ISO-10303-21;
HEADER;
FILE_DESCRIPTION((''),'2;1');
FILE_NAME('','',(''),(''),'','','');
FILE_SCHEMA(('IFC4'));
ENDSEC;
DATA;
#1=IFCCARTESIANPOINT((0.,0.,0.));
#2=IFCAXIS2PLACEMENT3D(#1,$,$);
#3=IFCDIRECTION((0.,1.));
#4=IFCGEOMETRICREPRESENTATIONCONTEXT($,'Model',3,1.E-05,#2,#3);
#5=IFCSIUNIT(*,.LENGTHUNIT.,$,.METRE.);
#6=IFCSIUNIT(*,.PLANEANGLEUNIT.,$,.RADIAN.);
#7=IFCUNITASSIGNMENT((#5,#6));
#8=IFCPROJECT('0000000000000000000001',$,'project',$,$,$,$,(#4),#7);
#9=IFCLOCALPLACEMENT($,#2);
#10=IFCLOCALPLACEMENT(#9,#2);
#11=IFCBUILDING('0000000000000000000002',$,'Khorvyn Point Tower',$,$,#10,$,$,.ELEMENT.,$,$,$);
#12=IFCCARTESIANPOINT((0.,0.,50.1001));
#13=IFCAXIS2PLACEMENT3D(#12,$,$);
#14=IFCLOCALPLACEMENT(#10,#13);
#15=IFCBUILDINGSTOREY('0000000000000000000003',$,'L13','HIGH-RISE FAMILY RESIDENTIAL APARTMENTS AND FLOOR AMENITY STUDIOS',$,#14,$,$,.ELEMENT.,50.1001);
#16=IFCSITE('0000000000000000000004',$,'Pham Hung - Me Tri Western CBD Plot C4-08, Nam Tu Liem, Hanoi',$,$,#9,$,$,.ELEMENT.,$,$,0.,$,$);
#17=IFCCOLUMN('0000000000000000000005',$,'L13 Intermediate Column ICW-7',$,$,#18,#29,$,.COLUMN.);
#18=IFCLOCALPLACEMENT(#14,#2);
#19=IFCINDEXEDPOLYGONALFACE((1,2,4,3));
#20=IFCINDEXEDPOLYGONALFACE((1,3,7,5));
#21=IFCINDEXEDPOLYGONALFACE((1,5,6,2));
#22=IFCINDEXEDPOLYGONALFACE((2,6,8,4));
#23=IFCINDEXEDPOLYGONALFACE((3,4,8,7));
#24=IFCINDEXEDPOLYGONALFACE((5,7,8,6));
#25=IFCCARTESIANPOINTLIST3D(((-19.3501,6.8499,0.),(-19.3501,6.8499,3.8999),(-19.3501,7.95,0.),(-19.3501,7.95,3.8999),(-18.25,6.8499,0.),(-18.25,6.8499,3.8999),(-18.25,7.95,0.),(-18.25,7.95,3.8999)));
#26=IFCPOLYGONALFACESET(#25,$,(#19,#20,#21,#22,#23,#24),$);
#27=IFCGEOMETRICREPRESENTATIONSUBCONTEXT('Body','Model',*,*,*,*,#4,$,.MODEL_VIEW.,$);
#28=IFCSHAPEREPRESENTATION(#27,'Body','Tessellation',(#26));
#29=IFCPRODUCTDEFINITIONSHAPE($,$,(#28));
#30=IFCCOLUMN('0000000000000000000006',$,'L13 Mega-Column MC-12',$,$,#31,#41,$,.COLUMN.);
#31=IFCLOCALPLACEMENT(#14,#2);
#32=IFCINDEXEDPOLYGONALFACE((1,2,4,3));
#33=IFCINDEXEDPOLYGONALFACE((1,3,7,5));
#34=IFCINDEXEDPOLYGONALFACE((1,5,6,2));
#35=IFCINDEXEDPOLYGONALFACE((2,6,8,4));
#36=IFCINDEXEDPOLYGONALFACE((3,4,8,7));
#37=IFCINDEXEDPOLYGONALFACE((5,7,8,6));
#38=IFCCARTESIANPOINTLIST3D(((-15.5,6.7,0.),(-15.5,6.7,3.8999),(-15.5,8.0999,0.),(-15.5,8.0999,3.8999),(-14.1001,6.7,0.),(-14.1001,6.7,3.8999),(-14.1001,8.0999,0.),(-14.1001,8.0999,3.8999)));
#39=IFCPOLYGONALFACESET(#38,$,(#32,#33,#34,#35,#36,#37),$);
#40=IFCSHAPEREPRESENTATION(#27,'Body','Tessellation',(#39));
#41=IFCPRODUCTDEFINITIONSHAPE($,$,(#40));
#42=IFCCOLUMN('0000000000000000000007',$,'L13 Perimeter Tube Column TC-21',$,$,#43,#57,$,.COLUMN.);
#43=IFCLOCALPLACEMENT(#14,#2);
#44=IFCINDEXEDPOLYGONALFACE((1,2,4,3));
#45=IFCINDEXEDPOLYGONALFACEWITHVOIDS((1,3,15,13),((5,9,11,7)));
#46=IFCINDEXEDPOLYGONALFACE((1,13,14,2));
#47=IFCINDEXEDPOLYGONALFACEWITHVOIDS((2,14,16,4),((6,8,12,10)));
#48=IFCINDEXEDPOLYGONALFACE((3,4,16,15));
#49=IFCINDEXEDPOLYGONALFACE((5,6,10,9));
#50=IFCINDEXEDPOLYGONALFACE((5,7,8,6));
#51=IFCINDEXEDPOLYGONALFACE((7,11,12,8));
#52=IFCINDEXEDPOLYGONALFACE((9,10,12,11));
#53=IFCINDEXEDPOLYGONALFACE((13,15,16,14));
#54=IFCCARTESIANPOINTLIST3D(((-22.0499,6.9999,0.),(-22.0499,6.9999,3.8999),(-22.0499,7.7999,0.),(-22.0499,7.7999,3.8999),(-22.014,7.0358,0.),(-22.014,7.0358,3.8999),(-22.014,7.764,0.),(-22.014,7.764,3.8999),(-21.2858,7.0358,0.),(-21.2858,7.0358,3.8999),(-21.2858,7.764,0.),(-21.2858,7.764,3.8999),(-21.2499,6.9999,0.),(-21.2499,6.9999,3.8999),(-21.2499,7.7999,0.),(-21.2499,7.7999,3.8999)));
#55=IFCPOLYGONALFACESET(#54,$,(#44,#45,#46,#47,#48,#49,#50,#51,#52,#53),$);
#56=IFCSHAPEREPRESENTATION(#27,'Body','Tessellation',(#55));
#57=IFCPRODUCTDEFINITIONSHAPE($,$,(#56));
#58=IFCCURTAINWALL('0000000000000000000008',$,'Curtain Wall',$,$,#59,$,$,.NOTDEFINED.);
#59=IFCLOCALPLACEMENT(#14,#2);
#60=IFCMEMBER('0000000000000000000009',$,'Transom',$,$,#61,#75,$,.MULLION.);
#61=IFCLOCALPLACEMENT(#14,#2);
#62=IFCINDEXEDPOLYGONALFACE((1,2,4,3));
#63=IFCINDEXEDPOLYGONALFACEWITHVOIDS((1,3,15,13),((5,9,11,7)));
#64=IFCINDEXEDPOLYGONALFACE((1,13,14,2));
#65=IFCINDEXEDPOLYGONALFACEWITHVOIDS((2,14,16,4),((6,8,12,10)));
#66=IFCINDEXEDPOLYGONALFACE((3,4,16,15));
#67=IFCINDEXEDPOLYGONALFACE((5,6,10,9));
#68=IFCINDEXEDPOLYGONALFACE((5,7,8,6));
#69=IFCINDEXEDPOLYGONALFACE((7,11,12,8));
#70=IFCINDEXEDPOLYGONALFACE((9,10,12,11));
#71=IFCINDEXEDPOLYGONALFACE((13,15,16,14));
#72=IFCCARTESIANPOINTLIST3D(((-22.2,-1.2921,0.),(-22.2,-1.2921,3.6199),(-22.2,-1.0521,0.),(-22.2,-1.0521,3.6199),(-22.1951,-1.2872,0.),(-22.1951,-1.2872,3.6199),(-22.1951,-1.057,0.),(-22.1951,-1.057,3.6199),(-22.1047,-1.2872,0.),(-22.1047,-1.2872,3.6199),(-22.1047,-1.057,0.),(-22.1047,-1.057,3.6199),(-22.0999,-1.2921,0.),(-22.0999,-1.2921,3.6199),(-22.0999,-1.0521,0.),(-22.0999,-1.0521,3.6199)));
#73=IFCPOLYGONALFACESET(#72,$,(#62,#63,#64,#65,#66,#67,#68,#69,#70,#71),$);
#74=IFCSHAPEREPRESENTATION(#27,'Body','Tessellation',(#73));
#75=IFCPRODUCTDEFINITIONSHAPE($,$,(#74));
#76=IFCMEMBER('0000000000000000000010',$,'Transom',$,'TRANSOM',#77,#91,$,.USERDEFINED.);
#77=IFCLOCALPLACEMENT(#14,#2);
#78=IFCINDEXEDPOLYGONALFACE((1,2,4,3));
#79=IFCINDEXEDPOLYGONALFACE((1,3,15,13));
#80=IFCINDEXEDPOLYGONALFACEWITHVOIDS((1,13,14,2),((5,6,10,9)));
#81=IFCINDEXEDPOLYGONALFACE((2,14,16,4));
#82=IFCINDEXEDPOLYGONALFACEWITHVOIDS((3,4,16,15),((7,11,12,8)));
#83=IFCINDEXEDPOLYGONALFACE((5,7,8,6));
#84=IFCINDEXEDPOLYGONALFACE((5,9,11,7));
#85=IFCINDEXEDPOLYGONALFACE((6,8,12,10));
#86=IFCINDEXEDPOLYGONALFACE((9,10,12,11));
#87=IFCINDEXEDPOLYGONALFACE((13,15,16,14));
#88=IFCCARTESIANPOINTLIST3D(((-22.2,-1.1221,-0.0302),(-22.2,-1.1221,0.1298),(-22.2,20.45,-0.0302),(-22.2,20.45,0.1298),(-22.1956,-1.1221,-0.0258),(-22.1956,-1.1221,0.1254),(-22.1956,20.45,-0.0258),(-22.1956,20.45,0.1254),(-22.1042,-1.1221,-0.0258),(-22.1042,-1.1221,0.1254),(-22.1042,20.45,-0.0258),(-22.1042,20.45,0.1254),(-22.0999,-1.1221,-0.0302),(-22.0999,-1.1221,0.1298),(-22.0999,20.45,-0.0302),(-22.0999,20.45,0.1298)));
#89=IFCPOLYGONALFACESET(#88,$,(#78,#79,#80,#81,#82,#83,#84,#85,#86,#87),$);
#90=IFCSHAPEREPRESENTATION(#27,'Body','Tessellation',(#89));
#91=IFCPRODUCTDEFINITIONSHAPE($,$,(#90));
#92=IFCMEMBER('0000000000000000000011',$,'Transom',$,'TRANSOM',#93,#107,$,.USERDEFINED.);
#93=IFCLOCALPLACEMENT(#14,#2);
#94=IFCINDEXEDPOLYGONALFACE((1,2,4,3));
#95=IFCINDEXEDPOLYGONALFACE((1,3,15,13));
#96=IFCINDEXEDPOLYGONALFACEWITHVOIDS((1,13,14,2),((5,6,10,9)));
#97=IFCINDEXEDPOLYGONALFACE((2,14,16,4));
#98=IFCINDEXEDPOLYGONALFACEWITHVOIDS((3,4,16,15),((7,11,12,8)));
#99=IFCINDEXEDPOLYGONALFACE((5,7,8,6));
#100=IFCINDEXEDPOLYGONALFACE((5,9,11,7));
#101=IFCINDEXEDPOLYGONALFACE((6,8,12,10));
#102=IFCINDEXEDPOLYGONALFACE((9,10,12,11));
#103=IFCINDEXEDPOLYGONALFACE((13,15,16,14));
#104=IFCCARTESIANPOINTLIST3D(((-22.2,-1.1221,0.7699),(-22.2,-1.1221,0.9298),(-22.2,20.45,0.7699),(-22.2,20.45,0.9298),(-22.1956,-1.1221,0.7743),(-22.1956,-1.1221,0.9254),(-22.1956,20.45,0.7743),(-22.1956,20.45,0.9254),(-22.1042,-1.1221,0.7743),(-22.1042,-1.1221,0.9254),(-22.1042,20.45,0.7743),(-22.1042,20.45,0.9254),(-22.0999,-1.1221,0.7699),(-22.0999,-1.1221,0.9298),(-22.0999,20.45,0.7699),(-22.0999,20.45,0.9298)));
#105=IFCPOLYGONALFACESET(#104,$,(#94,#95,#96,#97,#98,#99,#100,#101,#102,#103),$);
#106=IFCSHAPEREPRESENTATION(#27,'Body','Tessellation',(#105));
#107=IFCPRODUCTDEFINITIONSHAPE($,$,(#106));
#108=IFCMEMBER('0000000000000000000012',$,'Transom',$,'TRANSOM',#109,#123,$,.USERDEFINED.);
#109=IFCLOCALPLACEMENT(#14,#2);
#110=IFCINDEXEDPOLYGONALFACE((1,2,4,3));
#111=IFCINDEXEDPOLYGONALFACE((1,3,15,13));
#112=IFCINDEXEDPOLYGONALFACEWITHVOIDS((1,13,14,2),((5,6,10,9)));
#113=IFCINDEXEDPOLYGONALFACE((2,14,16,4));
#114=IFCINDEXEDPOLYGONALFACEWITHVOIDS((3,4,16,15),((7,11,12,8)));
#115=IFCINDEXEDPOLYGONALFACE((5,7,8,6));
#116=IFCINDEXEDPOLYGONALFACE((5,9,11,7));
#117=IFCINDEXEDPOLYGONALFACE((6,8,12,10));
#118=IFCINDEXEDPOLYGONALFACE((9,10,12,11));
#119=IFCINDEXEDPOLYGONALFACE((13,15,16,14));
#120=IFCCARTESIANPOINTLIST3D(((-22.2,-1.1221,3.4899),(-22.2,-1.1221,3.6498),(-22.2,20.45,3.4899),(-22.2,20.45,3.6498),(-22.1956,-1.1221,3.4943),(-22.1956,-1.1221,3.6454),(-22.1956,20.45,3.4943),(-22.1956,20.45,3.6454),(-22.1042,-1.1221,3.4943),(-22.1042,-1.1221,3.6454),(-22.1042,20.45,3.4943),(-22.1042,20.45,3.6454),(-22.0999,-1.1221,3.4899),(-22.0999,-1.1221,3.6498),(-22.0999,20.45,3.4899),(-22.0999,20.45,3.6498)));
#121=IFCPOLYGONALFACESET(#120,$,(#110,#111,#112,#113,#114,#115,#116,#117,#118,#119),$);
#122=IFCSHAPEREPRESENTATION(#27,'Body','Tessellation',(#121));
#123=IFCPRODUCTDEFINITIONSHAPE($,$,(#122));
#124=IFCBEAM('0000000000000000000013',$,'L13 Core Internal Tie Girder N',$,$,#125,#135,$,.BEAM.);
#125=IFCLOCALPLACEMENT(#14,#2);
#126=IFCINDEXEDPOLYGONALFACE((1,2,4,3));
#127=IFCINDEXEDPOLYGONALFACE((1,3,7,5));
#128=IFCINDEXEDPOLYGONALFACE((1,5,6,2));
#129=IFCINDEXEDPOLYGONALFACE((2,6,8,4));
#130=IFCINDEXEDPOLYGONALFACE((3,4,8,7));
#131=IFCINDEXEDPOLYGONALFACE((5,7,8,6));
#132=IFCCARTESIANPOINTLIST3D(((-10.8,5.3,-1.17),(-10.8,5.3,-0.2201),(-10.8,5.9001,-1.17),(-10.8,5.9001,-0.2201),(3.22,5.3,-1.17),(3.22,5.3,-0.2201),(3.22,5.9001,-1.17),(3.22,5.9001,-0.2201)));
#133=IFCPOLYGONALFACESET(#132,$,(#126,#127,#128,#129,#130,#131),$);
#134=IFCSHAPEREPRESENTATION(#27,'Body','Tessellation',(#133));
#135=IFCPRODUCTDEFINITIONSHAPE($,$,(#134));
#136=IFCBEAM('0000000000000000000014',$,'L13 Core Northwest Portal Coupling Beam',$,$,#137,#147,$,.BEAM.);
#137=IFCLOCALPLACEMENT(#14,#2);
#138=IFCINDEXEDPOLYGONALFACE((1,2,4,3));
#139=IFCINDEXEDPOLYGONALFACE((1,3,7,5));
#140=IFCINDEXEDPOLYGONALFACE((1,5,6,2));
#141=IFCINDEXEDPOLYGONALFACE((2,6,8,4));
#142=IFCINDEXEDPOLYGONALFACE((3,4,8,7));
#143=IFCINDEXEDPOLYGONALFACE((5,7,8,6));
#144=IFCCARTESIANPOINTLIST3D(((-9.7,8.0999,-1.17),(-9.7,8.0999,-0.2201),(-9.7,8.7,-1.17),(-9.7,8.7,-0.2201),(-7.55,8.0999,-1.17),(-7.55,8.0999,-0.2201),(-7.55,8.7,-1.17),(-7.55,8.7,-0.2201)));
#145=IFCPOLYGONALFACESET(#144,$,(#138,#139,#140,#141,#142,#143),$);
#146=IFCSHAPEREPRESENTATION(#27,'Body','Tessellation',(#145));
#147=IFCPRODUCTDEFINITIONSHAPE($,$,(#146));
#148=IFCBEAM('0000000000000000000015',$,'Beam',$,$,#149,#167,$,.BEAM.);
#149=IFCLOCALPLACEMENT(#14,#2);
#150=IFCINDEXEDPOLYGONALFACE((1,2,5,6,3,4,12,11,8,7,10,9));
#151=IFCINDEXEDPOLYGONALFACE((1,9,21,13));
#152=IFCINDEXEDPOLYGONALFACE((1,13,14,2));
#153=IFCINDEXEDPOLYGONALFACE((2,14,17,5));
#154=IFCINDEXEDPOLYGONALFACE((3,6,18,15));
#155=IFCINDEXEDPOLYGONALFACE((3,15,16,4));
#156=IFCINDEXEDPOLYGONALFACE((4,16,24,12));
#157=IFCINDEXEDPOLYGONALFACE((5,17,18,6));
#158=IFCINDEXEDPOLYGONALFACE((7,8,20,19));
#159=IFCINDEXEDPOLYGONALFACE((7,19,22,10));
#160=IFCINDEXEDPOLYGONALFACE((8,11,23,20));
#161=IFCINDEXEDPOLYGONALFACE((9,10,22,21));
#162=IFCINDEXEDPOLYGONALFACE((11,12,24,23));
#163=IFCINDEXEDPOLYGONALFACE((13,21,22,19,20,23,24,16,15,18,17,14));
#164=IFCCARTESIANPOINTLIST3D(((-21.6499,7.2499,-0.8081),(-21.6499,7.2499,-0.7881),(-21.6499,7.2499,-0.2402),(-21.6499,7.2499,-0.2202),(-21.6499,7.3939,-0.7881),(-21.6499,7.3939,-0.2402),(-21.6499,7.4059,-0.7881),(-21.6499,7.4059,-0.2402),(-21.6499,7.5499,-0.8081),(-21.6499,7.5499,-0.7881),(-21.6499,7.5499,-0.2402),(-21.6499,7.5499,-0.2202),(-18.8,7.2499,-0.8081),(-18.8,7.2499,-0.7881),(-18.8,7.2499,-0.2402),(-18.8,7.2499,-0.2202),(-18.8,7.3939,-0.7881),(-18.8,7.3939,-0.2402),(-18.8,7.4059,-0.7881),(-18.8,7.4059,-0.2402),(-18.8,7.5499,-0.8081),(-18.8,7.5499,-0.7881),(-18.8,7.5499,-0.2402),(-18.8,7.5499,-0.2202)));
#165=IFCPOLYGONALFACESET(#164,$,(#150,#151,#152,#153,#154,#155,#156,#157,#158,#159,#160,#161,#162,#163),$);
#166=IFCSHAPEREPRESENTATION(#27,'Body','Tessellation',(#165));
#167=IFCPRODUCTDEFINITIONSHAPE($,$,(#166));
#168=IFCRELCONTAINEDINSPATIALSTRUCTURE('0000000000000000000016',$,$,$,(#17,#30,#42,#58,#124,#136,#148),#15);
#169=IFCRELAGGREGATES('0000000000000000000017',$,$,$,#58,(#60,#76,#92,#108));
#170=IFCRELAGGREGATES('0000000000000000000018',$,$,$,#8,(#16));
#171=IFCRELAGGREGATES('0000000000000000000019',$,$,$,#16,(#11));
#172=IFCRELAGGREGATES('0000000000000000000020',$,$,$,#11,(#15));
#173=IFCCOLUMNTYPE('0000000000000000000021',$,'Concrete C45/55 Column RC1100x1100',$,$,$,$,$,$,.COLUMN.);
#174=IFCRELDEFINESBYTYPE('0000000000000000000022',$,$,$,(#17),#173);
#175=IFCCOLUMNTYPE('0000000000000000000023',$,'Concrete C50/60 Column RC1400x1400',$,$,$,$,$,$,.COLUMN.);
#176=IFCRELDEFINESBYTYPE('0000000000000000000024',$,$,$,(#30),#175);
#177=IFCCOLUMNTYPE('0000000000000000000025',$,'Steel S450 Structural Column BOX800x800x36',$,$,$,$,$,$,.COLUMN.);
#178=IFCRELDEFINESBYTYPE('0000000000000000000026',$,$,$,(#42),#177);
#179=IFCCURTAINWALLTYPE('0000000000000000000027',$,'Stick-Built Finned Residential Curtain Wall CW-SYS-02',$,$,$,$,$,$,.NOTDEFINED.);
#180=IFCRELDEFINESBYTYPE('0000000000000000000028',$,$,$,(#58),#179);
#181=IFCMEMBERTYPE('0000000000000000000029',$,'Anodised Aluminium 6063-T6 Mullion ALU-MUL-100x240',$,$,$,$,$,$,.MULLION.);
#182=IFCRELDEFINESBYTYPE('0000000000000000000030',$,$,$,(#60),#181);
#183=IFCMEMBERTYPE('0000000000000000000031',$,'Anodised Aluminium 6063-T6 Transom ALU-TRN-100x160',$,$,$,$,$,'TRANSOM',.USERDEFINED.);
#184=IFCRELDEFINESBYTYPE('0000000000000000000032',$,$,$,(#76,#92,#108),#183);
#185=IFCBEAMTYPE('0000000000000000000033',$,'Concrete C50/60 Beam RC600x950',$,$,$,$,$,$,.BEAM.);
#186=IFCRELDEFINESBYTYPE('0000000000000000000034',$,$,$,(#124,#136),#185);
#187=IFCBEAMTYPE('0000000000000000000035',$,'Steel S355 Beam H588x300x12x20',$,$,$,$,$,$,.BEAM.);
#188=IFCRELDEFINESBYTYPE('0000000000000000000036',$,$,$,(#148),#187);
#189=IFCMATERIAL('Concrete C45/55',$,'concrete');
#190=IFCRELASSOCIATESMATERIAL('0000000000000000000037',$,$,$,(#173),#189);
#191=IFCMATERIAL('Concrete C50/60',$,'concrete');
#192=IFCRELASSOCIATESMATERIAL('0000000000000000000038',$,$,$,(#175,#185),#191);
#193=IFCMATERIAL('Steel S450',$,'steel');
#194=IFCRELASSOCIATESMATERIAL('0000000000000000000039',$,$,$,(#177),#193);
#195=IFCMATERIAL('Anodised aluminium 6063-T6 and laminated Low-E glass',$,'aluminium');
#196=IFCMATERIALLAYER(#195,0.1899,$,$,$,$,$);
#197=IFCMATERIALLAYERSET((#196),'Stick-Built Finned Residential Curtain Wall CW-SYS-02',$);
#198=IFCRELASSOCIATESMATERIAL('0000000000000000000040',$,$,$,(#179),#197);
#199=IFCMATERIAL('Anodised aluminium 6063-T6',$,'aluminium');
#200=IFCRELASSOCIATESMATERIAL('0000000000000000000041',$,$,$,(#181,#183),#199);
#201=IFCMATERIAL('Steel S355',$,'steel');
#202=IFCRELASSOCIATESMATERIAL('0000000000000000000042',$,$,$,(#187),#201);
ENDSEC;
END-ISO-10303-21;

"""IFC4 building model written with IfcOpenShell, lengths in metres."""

from ifc_helpers import new_model, si_unit, direction, frame, origin, origin_2d, place, context, subcontext, project, spatial, rectangle, hollow_rectangle, i_section, extrude, material, layer, layer_set, material_profile, profile_set, type_object, element, aggregate, save


model = new_model("IFC4")

# Units and contexts
model_context = context("Model", 3, precision=1e-05, world=origin(), true_north=direction((0.0, 1.0)))
body_context = subcontext(model_context, "Body", "Model", "MODEL_VIEW")
ifc_project = project(units=[si_unit("LENGTHUNIT", "METRE"), si_unit("PLANEANGLEUNIT", "RADIAN")], contexts=[model_context])

# Site, building, storey
site_placement = place(None, origin())
site = spatial("IfcSite", under=ifc_project, at=site_placement, Name="Pham Hung - Me Tri Western CBD Plot C4-08, Nam Tu Liem, Hanoi", CompositionType="ELEMENT", RefElevation=0.0)
building_placement = place(site_placement, origin())
building = spatial("IfcBuilding", under=site, at=building_placement, Name="Khorvyn Point Tower", CompositionType="ELEMENT")
storey_placement = place(building_placement, frame((0.0, 0.0, 50.1001)))
storey = spatial("IfcBuildingStorey", under=building, at=storey_placement, Name="L13", Description="HIGH-RISE FAMILY RESIDENTIAL APARTMENTS AND FLOOR AMENITY STUDIOS", CompositionType="ELEMENT", Elevation=50.1001)

# Columns
ifc_material_1 = material(Name="Concrete C45/55", Category="concrete")
ifc_material_profile_1 = material_profile(ifc_material_1, rectangle(XDim=1.1001, YDim=1.1001, at=origin_2d()))
ifc_profile_set_1 = profile_set([ifc_material_profile_1], Name="Concrete C45/55 RC1100x1100")
column_type_1 = type_object("IfcColumnType", Name="Concrete C45/55 Column RC1100x1100", PredefinedType="COLUMN", material=ifc_profile_set_1)
column_1_placement = place(storey_placement, frame((-18.8, 7.3999, 0.0), z_axis=(0.0, 0.0, 1.0), x_axis=(1.0, 0.0, 0.0)))
element("IfcColumn", 1, at=column_1_placement, inside=storey, type_object=column_type_1, Name="L13 Intermediate Column ICW-7", PredefinedType="COLUMN", context=body_context, shape_type="SweptSolid", body=[
    extrude(rectangle(XDim=1.1001, YDim=1.1001, at=origin_2d()), origin(), (0.0, 0.0, 1.0), 3.8999),
])
ifc_material_2 = material(Name="Concrete C50/60", Category="concrete")
ifc_material_profile_2 = material_profile(ifc_material_2, rectangle(XDim=1.3999, YDim=1.3999, at=origin_2d()))
ifc_profile_set_2 = profile_set([ifc_material_profile_2], Name="Concrete C50/60 RC1400x1400")
column_type_2 = type_object("IfcColumnType", Name="Concrete C50/60 Column RC1400x1400", PredefinedType="COLUMN", material=ifc_profile_set_2)
column_2_placement = place(storey_placement, frame((-14.8, 7.3999, 0.0), z_axis=(0.0, 0.0, 1.0), x_axis=(1.0, 0.0, 0.0)))
element("IfcColumn", 2, at=column_2_placement, inside=storey, type_object=column_type_2, Name="L13 Mega-Column MC-12", PredefinedType="COLUMN", context=body_context, shape_type="SweptSolid", body=[
    extrude(rectangle(XDim=1.3999, YDim=1.3999, at=origin_2d()), origin(), (0.0, 0.0, 1.0), 3.8999),
])
ifc_material_3 = material(Name="Steel S450", Category="steel")
ifc_material_profile_3 = material_profile(ifc_material_3, hollow_rectangle(XDim=0.8, YDim=0.8, WallThickness=0.0359, at=origin_2d()))
ifc_profile_set_3 = profile_set([ifc_material_profile_3], Name="Steel S450 BOX800x800x36")
column_type_3 = type_object("IfcColumnType", Name="Steel S450 Structural Column BOX800x800x36", PredefinedType="COLUMN", material=ifc_profile_set_3)
column_3_placement = place(storey_placement, frame((-21.6499, 7.3999, 0.0), z_axis=(0.0, 0.0, 1.0), x_axis=(1.0, 0.0, 0.0)))
element("IfcColumn", 3, at=column_3_placement, inside=storey, type_object=column_type_3, Name="L13 Perimeter Tube Column TC-21", PredefinedType="COLUMN", context=body_context, shape_type="SweptSolid", body=[
    extrude(hollow_rectangle(XDim=0.8, YDim=0.8, WallThickness=0.0359, at=origin_2d()), origin(), (0.0, 0.0, 1.0), 3.8999),
])

# Curtain wall, members
ifc_material_4 = material(Name="Anodised aluminium 6063-T6 and laminated Low-E glass", Category="aluminium")
ifc_layer_1 = layer(ifc_material_4, 0.1899)
ifc_layer_set_1 = layer_set([ifc_layer_1], Name="Stick-Built Finned Residential Curtain Wall CW-SYS-02")
curtain_wall_type = type_object("IfcCurtainWallType", Name="Stick-Built Finned Residential Curtain Wall CW-SYS-02", PredefinedType="NOTDEFINED", material=ifc_layer_set_1)
curtain_wall_placement = place(storey_placement, origin())
curtain_wall = element("IfcCurtainWall", 4, at=curtain_wall_placement, inside=storey, type_object=curtain_wall_type, Name="Curtain Wall", PredefinedType="NOTDEFINED")
ifc_material_5 = material(Name="Anodised aluminium 6063-T6", Category="aluminium")
ifc_material_profile_4 = material_profile(ifc_material_5, hollow_rectangle(XDim=0.1001, YDim=0.24, WallThickness=0.0049, at=origin_2d()))
ifc_profile_set_4 = profile_set([ifc_material_profile_4], Name="Anodised aluminium 6063-T6 ALU-MUL-100x240")
member_type_1 = type_object("IfcMemberType", Name="Anodised Aluminium 6063-T6 Mullion ALU-MUL-100x240", PredefinedType="MULLION", material=ifc_profile_set_4)
member_1_placement = place(storey_placement, frame((-22.1499, -1.1721, 0.0), z_axis=(0.0, 0.0, 1.0), x_axis=(-1.0, 0.0, 0.0)))
member_1 = element("IfcMember", 5, at=member_1_placement, type_object=member_type_1, Name="Transom", PredefinedType="MULLION", context=body_context, shape_type="SweptSolid", body=[
    extrude(hollow_rectangle(XDim=0.1001, YDim=0.24, WallThickness=0.0049, at=origin_2d()), origin(), (0.0, 0.0, 1.0), 3.6199),
])
ifc_material_profile_5 = material_profile(ifc_material_5, hollow_rectangle(XDim=0.1001, YDim=0.1599, WallThickness=0.0044, at=origin_2d()))
ifc_profile_set_5 = profile_set([ifc_material_profile_5], Name="Anodised aluminium 6063-T6 ALU-TRN-100x160")
member_type_2 = type_object("IfcMemberType", Name="Anodised Aluminium 6063-T6 Transom ALU-TRN-100x160", ElementType="TRANSOM", PredefinedType="USERDEFINED", material=ifc_profile_set_5)
member_2_placement = place(storey_placement, frame((-22.1499, -1.1221, 0.0498), z_axis=(0.0, 1.0, 0.0), x_axis=(-1.0, 0.0, 0.0)))
member_2 = element("IfcMember", 6, at=member_2_placement, type_object=member_type_2, Name="Transom", ObjectType="TRANSOM", PredefinedType="USERDEFINED", context=body_context, shape_type="SweptSolid", body=[
    extrude(hollow_rectangle(XDim=0.1001, YDim=0.1599, WallThickness=0.0044, at=origin_2d()), origin(), (0.0, 0.0, 1.0), 21.572),
])
member_3_placement = place(storey_placement, frame((-22.1499, -1.1221, 0.8499), z_axis=(0.0, 1.0, 0.0), x_axis=(-1.0, 0.0, 0.0)))
member_3 = element("IfcMember", 7, at=member_3_placement, type_object=member_type_2, Name="Transom", ObjectType="TRANSOM", PredefinedType="USERDEFINED", context=body_context, shape_type="SweptSolid", body=[
    extrude(hollow_rectangle(XDim=0.1001, YDim=0.1599, WallThickness=0.0044, at=origin_2d()), origin(), (0.0, 0.0, 1.0), 21.572),
])
member_4_placement = place(storey_placement, frame((-22.1499, -1.1221, 3.5698), z_axis=(0.0, 1.0, 0.0), x_axis=(-1.0, 0.0, 0.0)))
member_4 = element("IfcMember", 8, at=member_4_placement, type_object=member_type_2, Name="Transom", ObjectType="TRANSOM", PredefinedType="USERDEFINED", context=body_context, shape_type="SweptSolid", body=[
    extrude(hollow_rectangle(XDim=0.1001, YDim=0.1599, WallThickness=0.0044, at=origin_2d()), origin(), (0.0, 0.0, 1.0), 21.572),
])

# Beams
ifc_material_profile_6 = material_profile(ifc_material_2, rectangle(XDim=0.6001, YDim=0.95, at=origin_2d()))
ifc_profile_set_6 = profile_set([ifc_material_profile_6], Name="Concrete C50/60 RC600x950")
beam_type_1 = type_object("IfcBeamType", Name="Concrete C50/60 Beam RC600x950", PredefinedType="BEAM", material=ifc_profile_set_6)
beam_1_placement = place(storey_placement, frame((-10.8, 5.6001, -0.6951), z_axis=(1.0, 0.0, 0.0), x_axis=(0.0, 1.0, 0.0)))
element("IfcBeam", 9, at=beam_1_placement, inside=storey, type_object=beam_type_1, Name="L13 Core Internal Tie Girder N", PredefinedType="BEAM", context=body_context, shape_type="SweptSolid", body=[
    extrude(rectangle(XDim=0.6001, YDim=0.95, at=origin_2d()), origin(), (0.0, 0.0, 1.0), 14.02),
])
beam_2_placement = place(storey_placement, frame((-9.7, 8.3999, -0.6951), z_axis=(1.0, 0.0, 0.0), x_axis=(0.0, 1.0, 0.0)))
element("IfcBeam", 10, at=beam_2_placement, inside=storey, type_object=beam_type_1, Name="L13 Core Northwest Portal Coupling Beam", PredefinedType="BEAM", context=body_context, shape_type="SweptSolid", body=[
    extrude(rectangle(XDim=0.6001, YDim=0.95, at=origin_2d()), origin(), (0.0, 0.0, 1.0), 2.1499),
])
ifc_material_6 = material(Name="Steel S355", Category="steel")
ifc_material_profile_7 = material_profile(ifc_material_6, i_section(OverallWidth=0.3, OverallDepth=0.5879, WebThickness=0.012, FlangeThickness=0.02, at=origin_2d()))
ifc_profile_set_7 = profile_set([ifc_material_profile_7], Name="Steel S355 H588x300x12x20")
beam_type_2 = type_object("IfcBeamType", Name="Steel S355 Beam H588x300x12x20", PredefinedType="BEAM", material=ifc_profile_set_7)
beam_3_placement = place(storey_placement, frame((-21.6499, 7.3999, -0.5142), z_axis=(1.0, 0.0, 0.0), x_axis=(0.0, 1.0, 0.0)))
element("IfcBeam", 11, at=beam_3_placement, inside=storey, type_object=beam_type_2, Name="Beam", PredefinedType="BEAM", context=body_context, shape_type="SweptSolid", body=[
    extrude(i_section(OverallWidth=0.3, OverallDepth=0.5879, WebThickness=0.012, FlangeThickness=0.02, at=origin_2d()), origin(), (0.0, 0.0, 1.0), 2.8499),
])

aggregate(curtain_wall, [member_1, member_2, member_3, member_4])

save(model, "model.ifc")
